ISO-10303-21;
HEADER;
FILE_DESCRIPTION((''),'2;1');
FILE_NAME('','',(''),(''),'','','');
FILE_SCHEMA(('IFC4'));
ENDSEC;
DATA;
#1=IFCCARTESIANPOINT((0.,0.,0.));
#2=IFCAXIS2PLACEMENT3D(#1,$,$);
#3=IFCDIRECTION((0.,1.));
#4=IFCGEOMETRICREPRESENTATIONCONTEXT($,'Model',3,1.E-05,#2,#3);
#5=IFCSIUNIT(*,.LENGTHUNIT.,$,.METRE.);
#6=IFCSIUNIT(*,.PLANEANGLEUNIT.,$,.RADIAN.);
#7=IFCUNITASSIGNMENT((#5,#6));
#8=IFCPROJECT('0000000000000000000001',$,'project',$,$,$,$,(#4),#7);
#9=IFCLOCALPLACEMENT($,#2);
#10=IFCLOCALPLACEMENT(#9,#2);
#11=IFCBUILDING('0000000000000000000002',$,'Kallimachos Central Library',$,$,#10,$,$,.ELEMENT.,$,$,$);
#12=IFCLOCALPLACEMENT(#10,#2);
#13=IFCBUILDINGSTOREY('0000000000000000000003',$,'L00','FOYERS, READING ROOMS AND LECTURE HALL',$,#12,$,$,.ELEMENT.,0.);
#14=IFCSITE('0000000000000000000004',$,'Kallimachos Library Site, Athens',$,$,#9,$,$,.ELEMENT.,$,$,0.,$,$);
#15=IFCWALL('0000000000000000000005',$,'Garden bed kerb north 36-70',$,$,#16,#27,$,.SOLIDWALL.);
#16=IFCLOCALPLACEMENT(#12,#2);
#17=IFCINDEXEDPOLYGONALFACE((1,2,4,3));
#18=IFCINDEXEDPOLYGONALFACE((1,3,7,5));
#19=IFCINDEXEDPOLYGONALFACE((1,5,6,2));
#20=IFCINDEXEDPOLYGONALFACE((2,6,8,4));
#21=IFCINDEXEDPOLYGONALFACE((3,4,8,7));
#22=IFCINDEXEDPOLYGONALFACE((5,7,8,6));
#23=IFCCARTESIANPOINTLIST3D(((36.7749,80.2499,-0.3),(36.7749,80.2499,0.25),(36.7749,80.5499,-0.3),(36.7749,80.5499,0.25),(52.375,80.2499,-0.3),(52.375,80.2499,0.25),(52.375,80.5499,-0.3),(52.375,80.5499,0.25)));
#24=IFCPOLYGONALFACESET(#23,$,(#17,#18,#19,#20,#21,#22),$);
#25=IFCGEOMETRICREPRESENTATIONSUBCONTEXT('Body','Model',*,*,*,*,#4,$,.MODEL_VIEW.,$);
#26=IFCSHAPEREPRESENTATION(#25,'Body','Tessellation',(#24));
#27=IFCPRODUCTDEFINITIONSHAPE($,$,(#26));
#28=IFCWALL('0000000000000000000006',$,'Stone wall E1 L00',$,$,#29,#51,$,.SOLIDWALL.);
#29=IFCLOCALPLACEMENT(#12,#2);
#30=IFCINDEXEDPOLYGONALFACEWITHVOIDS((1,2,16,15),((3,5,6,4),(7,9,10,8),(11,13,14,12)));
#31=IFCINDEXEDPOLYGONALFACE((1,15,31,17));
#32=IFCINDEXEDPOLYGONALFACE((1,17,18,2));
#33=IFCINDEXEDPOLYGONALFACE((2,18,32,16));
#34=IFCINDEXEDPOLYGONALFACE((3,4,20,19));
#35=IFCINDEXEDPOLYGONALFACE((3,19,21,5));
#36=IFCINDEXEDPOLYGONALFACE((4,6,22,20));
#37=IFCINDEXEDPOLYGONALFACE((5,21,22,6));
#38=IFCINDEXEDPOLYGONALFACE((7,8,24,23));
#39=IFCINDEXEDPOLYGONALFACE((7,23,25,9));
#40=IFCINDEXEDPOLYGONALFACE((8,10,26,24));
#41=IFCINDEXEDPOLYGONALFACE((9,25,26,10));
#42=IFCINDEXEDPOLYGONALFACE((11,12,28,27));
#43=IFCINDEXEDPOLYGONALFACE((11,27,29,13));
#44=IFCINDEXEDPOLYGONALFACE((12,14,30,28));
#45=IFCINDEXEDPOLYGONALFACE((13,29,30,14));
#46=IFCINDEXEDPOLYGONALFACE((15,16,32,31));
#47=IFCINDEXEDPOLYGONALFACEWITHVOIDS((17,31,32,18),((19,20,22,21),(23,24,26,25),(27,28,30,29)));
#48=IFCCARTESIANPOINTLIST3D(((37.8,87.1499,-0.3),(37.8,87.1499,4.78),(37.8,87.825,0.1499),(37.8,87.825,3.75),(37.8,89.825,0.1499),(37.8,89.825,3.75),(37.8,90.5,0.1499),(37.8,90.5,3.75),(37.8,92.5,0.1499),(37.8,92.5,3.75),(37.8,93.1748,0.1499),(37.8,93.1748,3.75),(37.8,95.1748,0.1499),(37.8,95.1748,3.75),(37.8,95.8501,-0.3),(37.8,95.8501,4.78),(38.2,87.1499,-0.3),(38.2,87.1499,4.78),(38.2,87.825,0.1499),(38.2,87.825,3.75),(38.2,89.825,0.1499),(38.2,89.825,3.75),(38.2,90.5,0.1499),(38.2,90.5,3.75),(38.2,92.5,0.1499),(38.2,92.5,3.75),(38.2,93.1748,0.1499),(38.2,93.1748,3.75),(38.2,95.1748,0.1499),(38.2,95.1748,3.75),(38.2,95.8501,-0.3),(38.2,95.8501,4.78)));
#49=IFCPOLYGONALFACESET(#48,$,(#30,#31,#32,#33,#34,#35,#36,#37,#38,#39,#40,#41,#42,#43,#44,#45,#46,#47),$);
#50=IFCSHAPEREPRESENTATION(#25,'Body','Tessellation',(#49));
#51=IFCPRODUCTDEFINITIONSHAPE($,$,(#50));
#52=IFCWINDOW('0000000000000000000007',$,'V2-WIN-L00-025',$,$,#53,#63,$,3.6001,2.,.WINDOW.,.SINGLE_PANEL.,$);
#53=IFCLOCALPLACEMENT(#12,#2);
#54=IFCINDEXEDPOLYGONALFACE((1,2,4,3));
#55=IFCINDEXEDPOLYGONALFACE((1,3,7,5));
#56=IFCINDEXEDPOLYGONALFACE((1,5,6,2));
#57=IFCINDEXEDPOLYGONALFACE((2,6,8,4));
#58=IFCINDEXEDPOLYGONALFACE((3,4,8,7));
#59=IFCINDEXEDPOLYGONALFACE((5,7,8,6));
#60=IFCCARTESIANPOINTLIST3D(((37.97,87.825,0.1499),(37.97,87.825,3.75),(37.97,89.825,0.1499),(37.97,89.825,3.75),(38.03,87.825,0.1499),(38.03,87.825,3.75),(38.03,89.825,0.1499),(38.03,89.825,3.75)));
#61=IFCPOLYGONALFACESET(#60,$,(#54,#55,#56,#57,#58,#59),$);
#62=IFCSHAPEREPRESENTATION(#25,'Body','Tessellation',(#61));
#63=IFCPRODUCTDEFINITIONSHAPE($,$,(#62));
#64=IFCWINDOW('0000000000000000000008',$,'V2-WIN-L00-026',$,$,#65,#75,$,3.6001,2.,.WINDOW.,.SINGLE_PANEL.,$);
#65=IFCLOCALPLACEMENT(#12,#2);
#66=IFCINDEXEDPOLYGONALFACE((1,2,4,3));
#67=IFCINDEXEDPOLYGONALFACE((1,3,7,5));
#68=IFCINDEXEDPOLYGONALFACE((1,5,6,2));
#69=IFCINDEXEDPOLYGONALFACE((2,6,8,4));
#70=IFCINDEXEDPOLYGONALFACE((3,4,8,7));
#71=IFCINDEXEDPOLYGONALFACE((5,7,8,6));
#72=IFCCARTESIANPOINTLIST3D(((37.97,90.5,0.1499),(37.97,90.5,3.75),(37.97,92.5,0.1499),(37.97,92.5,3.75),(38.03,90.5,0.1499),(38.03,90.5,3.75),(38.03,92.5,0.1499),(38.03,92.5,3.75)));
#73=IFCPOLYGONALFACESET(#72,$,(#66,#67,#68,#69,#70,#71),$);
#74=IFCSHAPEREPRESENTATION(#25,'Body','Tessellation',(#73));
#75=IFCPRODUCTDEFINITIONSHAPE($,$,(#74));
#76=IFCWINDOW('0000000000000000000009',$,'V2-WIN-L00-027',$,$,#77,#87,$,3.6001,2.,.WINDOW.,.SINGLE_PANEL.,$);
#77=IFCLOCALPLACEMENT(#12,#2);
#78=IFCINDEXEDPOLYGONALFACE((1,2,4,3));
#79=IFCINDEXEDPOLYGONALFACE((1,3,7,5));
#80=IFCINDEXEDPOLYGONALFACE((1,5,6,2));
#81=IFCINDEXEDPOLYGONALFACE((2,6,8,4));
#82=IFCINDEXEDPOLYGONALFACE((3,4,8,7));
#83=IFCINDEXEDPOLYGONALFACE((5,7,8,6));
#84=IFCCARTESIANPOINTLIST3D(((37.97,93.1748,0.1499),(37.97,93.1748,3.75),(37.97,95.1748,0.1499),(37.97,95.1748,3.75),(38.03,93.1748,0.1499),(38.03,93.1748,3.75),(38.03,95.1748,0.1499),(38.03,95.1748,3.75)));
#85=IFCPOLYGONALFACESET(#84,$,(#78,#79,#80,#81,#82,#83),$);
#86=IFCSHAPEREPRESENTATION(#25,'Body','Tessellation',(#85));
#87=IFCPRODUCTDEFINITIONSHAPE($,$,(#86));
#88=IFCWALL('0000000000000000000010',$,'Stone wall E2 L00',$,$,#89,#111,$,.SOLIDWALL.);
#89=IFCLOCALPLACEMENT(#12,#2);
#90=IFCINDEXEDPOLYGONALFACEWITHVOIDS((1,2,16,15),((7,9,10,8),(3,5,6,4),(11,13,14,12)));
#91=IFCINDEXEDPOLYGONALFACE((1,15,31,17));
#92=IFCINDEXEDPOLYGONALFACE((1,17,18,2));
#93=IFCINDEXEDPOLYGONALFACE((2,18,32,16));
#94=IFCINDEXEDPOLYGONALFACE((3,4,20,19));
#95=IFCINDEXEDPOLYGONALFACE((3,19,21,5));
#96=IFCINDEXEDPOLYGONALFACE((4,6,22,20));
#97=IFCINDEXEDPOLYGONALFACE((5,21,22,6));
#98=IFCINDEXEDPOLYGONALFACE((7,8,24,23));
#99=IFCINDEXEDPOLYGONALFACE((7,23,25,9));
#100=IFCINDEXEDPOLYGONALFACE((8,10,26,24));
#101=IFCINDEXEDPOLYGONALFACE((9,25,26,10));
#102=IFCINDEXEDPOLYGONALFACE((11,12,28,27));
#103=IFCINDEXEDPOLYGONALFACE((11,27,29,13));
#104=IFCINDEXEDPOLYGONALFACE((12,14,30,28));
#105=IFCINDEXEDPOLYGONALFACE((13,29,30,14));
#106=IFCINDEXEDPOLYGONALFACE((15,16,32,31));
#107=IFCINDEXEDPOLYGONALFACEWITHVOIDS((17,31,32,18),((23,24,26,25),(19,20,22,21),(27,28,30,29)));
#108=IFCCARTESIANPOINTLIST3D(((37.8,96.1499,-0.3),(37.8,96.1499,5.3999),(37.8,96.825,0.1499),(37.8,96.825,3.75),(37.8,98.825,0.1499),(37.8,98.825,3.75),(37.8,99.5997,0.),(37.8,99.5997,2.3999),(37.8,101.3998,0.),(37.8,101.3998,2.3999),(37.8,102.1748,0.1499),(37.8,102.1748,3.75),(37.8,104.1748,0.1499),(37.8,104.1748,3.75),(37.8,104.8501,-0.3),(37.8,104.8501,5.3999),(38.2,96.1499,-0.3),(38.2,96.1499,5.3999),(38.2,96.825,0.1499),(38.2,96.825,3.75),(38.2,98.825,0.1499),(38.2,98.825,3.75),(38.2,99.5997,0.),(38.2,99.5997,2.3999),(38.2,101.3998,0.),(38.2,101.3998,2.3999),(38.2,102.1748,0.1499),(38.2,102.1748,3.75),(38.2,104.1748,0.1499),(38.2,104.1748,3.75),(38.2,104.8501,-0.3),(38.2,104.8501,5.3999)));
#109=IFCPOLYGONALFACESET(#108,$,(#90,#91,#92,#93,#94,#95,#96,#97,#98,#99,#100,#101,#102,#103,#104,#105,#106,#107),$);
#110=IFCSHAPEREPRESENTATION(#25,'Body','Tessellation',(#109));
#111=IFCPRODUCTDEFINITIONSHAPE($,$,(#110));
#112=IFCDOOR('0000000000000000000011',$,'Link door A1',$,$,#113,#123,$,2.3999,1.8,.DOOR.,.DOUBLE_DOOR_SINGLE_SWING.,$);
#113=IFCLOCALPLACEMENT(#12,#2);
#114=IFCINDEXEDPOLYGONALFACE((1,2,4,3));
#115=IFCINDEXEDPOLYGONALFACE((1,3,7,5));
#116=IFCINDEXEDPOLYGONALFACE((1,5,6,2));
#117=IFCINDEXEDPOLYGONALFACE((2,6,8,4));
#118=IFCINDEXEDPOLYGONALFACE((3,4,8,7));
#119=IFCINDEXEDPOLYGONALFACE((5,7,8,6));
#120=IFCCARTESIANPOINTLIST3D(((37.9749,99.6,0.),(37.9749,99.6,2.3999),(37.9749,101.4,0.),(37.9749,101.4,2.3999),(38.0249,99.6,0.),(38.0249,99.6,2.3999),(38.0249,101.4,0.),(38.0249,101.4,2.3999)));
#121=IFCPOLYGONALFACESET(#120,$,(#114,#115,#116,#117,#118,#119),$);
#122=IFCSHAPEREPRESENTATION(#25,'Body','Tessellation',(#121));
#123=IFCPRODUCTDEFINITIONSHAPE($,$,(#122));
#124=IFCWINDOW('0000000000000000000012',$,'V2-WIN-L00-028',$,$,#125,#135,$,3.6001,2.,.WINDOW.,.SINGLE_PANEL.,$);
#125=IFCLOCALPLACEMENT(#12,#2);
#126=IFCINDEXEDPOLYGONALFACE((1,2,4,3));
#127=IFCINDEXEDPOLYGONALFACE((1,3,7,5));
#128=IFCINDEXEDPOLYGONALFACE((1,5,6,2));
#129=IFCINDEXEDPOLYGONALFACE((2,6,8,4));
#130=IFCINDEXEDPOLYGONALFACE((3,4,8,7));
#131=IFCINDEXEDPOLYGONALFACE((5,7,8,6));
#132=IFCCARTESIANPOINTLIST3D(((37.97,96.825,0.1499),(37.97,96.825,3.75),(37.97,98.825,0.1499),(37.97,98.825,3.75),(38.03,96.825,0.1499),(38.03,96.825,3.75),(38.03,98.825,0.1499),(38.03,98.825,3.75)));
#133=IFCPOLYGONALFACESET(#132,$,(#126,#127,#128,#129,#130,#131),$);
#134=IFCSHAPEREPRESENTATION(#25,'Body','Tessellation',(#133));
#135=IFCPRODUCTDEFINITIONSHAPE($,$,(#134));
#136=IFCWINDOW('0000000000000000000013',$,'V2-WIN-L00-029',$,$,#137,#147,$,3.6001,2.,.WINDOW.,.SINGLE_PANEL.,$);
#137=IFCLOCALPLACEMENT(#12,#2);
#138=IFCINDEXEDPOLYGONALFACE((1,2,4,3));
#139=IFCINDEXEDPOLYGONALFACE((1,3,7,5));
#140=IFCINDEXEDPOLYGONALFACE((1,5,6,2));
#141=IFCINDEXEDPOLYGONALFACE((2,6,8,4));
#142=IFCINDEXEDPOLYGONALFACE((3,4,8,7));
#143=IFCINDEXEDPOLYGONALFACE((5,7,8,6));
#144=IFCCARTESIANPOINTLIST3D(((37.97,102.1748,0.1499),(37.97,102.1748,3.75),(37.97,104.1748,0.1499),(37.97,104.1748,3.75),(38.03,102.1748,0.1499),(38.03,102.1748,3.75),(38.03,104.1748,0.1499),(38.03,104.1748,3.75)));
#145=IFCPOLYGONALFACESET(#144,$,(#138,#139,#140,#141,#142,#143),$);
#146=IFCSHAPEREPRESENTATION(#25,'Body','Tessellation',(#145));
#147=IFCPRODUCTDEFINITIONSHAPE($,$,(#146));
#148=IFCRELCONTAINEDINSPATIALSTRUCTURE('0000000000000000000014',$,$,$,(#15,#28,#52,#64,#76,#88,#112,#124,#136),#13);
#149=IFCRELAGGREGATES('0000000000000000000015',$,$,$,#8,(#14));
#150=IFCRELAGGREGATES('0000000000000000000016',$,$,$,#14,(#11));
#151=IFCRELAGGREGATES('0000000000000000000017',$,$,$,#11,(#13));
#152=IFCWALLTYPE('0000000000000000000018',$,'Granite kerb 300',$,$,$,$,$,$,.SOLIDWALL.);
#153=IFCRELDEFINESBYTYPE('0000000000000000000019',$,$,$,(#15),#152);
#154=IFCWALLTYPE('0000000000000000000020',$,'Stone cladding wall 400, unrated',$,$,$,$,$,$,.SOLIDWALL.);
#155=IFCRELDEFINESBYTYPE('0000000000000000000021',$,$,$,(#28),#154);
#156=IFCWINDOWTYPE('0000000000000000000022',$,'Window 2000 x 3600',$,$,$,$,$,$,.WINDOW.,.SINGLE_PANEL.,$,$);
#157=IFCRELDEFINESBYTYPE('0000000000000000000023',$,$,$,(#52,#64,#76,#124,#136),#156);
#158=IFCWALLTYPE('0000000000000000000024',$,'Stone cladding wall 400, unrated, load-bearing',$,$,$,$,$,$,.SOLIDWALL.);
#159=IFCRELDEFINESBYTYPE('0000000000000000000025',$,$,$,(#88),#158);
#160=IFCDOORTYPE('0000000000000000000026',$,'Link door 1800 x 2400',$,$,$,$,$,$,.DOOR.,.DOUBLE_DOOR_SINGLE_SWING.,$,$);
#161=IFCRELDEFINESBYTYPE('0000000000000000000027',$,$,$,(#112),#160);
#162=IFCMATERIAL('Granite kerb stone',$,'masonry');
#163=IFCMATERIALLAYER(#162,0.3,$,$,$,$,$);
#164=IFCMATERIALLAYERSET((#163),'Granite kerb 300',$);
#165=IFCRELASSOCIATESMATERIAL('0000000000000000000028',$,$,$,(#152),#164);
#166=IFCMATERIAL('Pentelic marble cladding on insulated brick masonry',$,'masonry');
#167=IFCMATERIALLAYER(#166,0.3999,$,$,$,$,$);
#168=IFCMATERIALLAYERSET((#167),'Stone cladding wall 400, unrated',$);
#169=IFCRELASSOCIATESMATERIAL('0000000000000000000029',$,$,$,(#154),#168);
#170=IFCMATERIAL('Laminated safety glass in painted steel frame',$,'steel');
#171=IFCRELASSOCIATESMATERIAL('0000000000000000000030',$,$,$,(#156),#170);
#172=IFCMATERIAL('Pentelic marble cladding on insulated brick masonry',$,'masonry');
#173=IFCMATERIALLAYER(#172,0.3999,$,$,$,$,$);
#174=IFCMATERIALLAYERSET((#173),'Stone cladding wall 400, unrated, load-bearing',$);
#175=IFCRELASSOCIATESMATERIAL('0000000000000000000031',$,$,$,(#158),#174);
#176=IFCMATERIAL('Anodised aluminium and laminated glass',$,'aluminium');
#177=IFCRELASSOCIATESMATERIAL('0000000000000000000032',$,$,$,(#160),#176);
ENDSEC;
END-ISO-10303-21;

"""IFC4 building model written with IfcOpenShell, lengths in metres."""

from ifc_helpers import new_model, si_unit, direction, frame, frame_2d, origin, place, context, subcontext, project, spatial, rectangle, extrude, material, layer, layer_set, type_object, element, fill, save


model = new_model("IFC4")

# Units and contexts
model_context = context("Model", 3, precision=1e-05, world=origin(), true_north=direction((0.0, 1.0)))
body_context = subcontext(model_context, "Body", "Model", "MODEL_VIEW")
ifc_project = project(units=[si_unit("LENGTHUNIT", "METRE"), si_unit("PLANEANGLEUNIT", "RADIAN")], contexts=[model_context])

# Site, building, storey
site_placement = place(None, origin())
site = spatial("IfcSite", under=ifc_project, at=site_placement, Name="Kallimachos Library Site, Athens", CompositionType="ELEMENT", RefElevation=0.0)
building_placement = place(site_placement, origin())
building = spatial("IfcBuilding", under=site, at=building_placement, Name="Kallimachos Central Library", CompositionType="ELEMENT")
storey_placement = place(building_placement, origin())
storey = spatial("IfcBuildingStorey", under=building, at=storey_placement, Name="L00", Description="FOYERS, READING ROOMS AND LECTURE HALL", CompositionType="ELEMENT", Elevation=0.0)

# Wall
ifc_material_1 = material(Name="Granite kerb stone", Category="masonry")
ifc_layer_1 = layer(ifc_material_1, 0.3)
ifc_layer_set_1 = layer_set([ifc_layer_1], Name="Granite kerb 300")
wall_type_1 = type_object("IfcWallType", Name="Granite kerb 300", PredefinedType="SOLIDWALL", material=ifc_layer_set_1)
wall_1_placement = place(storey_placement, frame((36.7749, 80.3999, -0.3), z_axis=(0.0, 0.0, 1.0), x_axis=(1.0, 0.0, 0.0)))
element("IfcWall", 1, at=wall_1_placement, inside=storey, type_object=wall_type_1, Name="Garden bed kerb north 36-70", PredefinedType="SOLIDWALL", context=body_context, shape_type="SweptSolid", body=[
    extrude(rectangle(XDim=15.6001, YDim=0.3, at=frame_2d((7.8, 0.0))), origin(), (0.0, 0.0, 1.0), 0.55),
])

# Wall, openings, windows
ifc_material_2 = material(Name="Pentelic marble cladding on insulated brick masonry", Category="masonry")
ifc_layer_2 = layer(ifc_material_2, 0.3999)
ifc_layer_set_2 = layer_set([ifc_layer_2], Name="Stone cladding wall 400, unrated")
wall_type_2 = type_object("IfcWallType", Name="Stone cladding wall 400, unrated", PredefinedType="SOLIDWALL", material=ifc_layer_set_2)
wall_2_placement = place(storey_placement, frame((38.0, 87.1499, -0.3), z_axis=(0.0, 0.0, 1.0), x_axis=(0.0, 1.0, 0.0)))
wall_2 = element("IfcWall", 2, at=wall_2_placement, inside=storey, type_object=wall_type_2, Name="Stone wall E1 L00", PredefinedType="SOLIDWALL", context=body_context, shape_type="SweptSolid", body=[
    extrude(rectangle(XDim=8.7002, YDim=0.3999, at=frame_2d((4.3501, 0.0))), origin(), (0.0, 0.0, 1.0), 5.0801),
])
opening_1_placement = place(wall_2_placement, frame((0.675, 0.0, 0.45)))
opening_1 = element("IfcOpeningElement", 3, at=opening_1_placement, cuts=wall_2, PredefinedType="OPENING", context=body_context, shape_type="SweptSolid", body=[
    extrude(rectangle(XDim=2.0, YDim=3.6001, at=frame_2d((1.0, 1.8))), frame((0.0, 0.21, 0.0), z_axis=(0.0, -1.0, 0.0), x_axis=(1.0, 0.0, 0.0)), (0.0, 0.0, 1.0), 0.4199),
])
opening_2_placement = place(wall_2_placement, frame((3.3501, 0.0, 0.45)))
opening_2 = element("IfcOpeningElement", 4, at=opening_2_placement, cuts=wall_2, PredefinedType="OPENING", context=body_context, shape_type="SweptSolid", body=[
    extrude(rectangle(XDim=2.0, YDim=3.6001, at=frame_2d((1.0, 1.8))), frame((0.0, 0.21, 0.0), z_axis=(0.0, -1.0, 0.0), x_axis=(1.0, 0.0, 0.0)), (0.0, 0.0, 1.0), 0.4199),
])
opening_3_placement = place(wall_2_placement, frame((6.0249, 0.0, 0.45)))
opening_3 = element("IfcOpeningElement", 5, at=opening_3_placement, cuts=wall_2, PredefinedType="OPENING", context=body_context, shape_type="SweptSolid", body=[
    extrude(rectangle(XDim=2.0, YDim=3.6001, at=frame_2d((1.0, 1.8))), frame((0.0, 0.21, 0.0), z_axis=(0.0, -1.0, 0.0), x_axis=(1.0, 0.0, 0.0)), (0.0, 0.0, 1.0), 0.4199),
])
ifc_material_3 = material(Name="Laminated safety glass in painted steel frame", Category="steel")
window_type = type_object("IfcWindowType", Name="Window 2000 x 3600", PartitioningType="SINGLE_PANEL", PredefinedType="WINDOW", material=ifc_material_3)
window_1_placement = place(opening_1_placement, origin())
window_1 = element("IfcWindow", 6, at=window_1_placement, inside=storey, type_object=window_type, Name="V2-WIN-L00-025", OverallHeight=3.6001, OverallWidth=2.0, PartitioningType="SINGLE_PANEL", PredefinedType="WINDOW", context=body_context, shape_type="SweptSolid", body=[
    extrude(rectangle(XDim=2.0, YDim=3.6001, at=frame_2d((1.0, 1.8))), frame((0.0, 0.03, 0.0), z_axis=(0.0, -1.0, 0.0), x_axis=(1.0, 0.0, 0.0)), (0.0, 0.0, 1.0), 0.0601),
])
fill(opening_1, window_1)
window_2_placement = place(opening_2_placement, origin())
window_2 = element("IfcWindow", 7, at=window_2_placement, inside=storey, type_object=window_type, Name="V2-WIN-L00-026", OverallHeight=3.6001, OverallWidth=2.0, PartitioningType="SINGLE_PANEL", PredefinedType="WINDOW", context=body_context, shape_type="SweptSolid", body=[
    extrude(rectangle(XDim=2.0, YDim=3.6001, at=frame_2d((1.0, 1.8))), frame((0.0, 0.03, 0.0), z_axis=(0.0, -1.0, 0.0), x_axis=(1.0, 0.0, 0.0)), (0.0, 0.0, 1.0), 0.0601),
])
fill(opening_2, window_2)
window_3_placement = place(opening_3_placement, origin())
window_3 = element("IfcWindow", 8, at=window_3_placement, inside=storey, type_object=window_type, Name="V2-WIN-L00-027", OverallHeight=3.6001, OverallWidth=2.0, PartitioningType="SINGLE_PANEL", PredefinedType="WINDOW", context=body_context, shape_type="SweptSolid", body=[
    extrude(rectangle(XDim=2.0, YDim=3.6001, at=frame_2d((1.0, 1.8))), frame((0.0, 0.03, 0.0), z_axis=(0.0, -1.0, 0.0), x_axis=(1.0, 0.0, 0.0)), (0.0, 0.0, 1.0), 0.0601),
])
fill(opening_3, window_3)

# Wall, openings, door, windows
ifc_material_4 = material(Name="Pentelic marble cladding on insulated brick masonry", Category="masonry")
ifc_layer_3 = layer(ifc_material_4, 0.3999)
ifc_layer_set_3 = layer_set([ifc_layer_3], Name="Stone cladding wall 400, unrated, load-bearing")
wall_type_3 = type_object("IfcWallType", Name="Stone cladding wall 400, unrated, load-bearing", PredefinedType="SOLIDWALL", material=ifc_layer_set_3)
wall_3_placement = place(storey_placement, frame((38.0, 96.1499, -0.3), z_axis=(0.0, 0.0, 1.0), x_axis=(0.0, 1.0, 0.0)))
wall_3 = element("IfcWall", 9, at=wall_3_placement, inside=storey, type_object=wall_type_3, Name="Stone wall E2 L00", PredefinedType="SOLIDWALL", context=body_context, shape_type="SweptSolid", body=[
    extrude(rectangle(XDim=8.7002, YDim=0.3999, at=frame_2d((4.3501, 0.0))), origin(), (0.0, 0.0, 1.0), 5.7),
])
opening_4_placement = place(wall_3_placement, frame((0.675, 0.0, 0.45)))
opening_4 = element("IfcOpeningElement", 10, at=opening_4_placement, cuts=wall_3, PredefinedType="OPENING", context=body_context, shape_type="SweptSolid", body=[
    extrude(rectangle(XDim=2.0, YDim=3.6001, at=frame_2d((1.0, 1.8))), frame((0.0, 0.21, 0.0), z_axis=(0.0, -1.0, 0.0), x_axis=(1.0, 0.0, 0.0)), (0.0, 0.0, 1.0), 0.4199),
])
opening_5_placement = place(wall_3_placement, frame((3.45, 0.0, 0.3)))
opening_5 = element("IfcOpeningElement", 11, at=opening_5_placement, cuts=wall_3, PredefinedType="OPENING", context=body_context, shape_type="SweptSolid", body=[
    extrude(rectangle(XDim=1.8, YDim=2.3999, at=frame_2d((0.8999, 1.2))), frame((0.0, 0.21, 0.0), z_axis=(0.0, -1.0, 0.0), x_axis=(1.0, 0.0, 0.0)), (0.0, 0.0, 1.0), 0.4199),
])
opening_6_placement = place(wall_3_placement, frame((6.0249, 0.0, 0.45)))
opening_6 = element("IfcOpeningElement", 12, at=opening_6_placement, cuts=wall_3, PredefinedType="OPENING", context=body_context, shape_type="SweptSolid", body=[
    extrude(rectangle(XDim=2.0, YDim=3.6001, at=frame_2d((1.0, 1.8))), frame((0.0, 0.21, 0.0), z_axis=(0.0, -1.0, 0.0), x_axis=(1.0, 0.0, 0.0)), (0.0, 0.0, 1.0), 0.4199),
])
ifc_material_5 = material(Name="Anodised aluminium and laminated glass", Category="aluminium")
door_type = type_object("IfcDoorType", Name="Link door 1800 x 2400", OperationType="DOUBLE_DOOR_SINGLE_SWING", PredefinedType="DOOR", material=ifc_material_5)
door_placement = place(opening_5_placement, frame((1.8, 0.0, 0.0), z_axis=(0.0, 0.0, 1.0), x_axis=(-1.0, 0.0, 0.0)))
door = element("IfcDoor", 13, at=door_placement, inside=storey, type_object=door_type, Name="Link door A1", OperationType="DOUBLE_DOOR_SINGLE_SWING", OverallHeight=2.3999, OverallWidth=1.8, PredefinedType="DOOR", context=body_context, shape_type="SweptSolid", body=[
    extrude(rectangle(XDim=1.8, YDim=2.3999, at=frame_2d((0.8999, 1.2))), frame((0.0, 0.0249, 0.0), z_axis=(0.0, -1.0, 0.0), x_axis=(1.0, 0.0, 0.0)), (0.0, 0.0, 1.0), 0.05),
])
fill(opening_5, door)
window_4_placement = place(opening_4_placement, origin())
window_4 = element("IfcWindow", 14, at=window_4_placement, inside=storey, type_object=window_type, Name="V2-WIN-L00-028", OverallHeight=3.6001, OverallWidth=2.0, PartitioningType="SINGLE_PANEL", PredefinedType="WINDOW", context=body_context, shape_type="SweptSolid", body=[
    extrude(rectangle(XDim=2.0, YDim=3.6001, at=frame_2d((1.0, 1.8))), frame((0.0, 0.03, 0.0), z_axis=(0.0, -1.0, 0.0), x_axis=(1.0, 0.0, 0.0)), (0.0, 0.0, 1.0), 0.0601),
])
fill(opening_4, window_4)
window_5_placement = place(opening_6_placement, origin())
window_5 = element("IfcWindow", 15, at=window_5_placement, inside=storey, type_object=window_type, Name="V2-WIN-L00-029", OverallHeight=3.6001, OverallWidth=2.0, PartitioningType="SINGLE_PANEL", PredefinedType="WINDOW", context=body_context, shape_type="SweptSolid", body=[
    extrude(rectangle(XDim=2.0, YDim=3.6001, at=frame_2d((1.0, 1.8))), frame((0.0, 0.03, 0.0), z_axis=(0.0, -1.0, 0.0), x_axis=(1.0, 0.0, 0.0)), (0.0, 0.0, 1.0), 0.0601),
])
fill(opening_6, window_5)

save(model, "model.ifc")
